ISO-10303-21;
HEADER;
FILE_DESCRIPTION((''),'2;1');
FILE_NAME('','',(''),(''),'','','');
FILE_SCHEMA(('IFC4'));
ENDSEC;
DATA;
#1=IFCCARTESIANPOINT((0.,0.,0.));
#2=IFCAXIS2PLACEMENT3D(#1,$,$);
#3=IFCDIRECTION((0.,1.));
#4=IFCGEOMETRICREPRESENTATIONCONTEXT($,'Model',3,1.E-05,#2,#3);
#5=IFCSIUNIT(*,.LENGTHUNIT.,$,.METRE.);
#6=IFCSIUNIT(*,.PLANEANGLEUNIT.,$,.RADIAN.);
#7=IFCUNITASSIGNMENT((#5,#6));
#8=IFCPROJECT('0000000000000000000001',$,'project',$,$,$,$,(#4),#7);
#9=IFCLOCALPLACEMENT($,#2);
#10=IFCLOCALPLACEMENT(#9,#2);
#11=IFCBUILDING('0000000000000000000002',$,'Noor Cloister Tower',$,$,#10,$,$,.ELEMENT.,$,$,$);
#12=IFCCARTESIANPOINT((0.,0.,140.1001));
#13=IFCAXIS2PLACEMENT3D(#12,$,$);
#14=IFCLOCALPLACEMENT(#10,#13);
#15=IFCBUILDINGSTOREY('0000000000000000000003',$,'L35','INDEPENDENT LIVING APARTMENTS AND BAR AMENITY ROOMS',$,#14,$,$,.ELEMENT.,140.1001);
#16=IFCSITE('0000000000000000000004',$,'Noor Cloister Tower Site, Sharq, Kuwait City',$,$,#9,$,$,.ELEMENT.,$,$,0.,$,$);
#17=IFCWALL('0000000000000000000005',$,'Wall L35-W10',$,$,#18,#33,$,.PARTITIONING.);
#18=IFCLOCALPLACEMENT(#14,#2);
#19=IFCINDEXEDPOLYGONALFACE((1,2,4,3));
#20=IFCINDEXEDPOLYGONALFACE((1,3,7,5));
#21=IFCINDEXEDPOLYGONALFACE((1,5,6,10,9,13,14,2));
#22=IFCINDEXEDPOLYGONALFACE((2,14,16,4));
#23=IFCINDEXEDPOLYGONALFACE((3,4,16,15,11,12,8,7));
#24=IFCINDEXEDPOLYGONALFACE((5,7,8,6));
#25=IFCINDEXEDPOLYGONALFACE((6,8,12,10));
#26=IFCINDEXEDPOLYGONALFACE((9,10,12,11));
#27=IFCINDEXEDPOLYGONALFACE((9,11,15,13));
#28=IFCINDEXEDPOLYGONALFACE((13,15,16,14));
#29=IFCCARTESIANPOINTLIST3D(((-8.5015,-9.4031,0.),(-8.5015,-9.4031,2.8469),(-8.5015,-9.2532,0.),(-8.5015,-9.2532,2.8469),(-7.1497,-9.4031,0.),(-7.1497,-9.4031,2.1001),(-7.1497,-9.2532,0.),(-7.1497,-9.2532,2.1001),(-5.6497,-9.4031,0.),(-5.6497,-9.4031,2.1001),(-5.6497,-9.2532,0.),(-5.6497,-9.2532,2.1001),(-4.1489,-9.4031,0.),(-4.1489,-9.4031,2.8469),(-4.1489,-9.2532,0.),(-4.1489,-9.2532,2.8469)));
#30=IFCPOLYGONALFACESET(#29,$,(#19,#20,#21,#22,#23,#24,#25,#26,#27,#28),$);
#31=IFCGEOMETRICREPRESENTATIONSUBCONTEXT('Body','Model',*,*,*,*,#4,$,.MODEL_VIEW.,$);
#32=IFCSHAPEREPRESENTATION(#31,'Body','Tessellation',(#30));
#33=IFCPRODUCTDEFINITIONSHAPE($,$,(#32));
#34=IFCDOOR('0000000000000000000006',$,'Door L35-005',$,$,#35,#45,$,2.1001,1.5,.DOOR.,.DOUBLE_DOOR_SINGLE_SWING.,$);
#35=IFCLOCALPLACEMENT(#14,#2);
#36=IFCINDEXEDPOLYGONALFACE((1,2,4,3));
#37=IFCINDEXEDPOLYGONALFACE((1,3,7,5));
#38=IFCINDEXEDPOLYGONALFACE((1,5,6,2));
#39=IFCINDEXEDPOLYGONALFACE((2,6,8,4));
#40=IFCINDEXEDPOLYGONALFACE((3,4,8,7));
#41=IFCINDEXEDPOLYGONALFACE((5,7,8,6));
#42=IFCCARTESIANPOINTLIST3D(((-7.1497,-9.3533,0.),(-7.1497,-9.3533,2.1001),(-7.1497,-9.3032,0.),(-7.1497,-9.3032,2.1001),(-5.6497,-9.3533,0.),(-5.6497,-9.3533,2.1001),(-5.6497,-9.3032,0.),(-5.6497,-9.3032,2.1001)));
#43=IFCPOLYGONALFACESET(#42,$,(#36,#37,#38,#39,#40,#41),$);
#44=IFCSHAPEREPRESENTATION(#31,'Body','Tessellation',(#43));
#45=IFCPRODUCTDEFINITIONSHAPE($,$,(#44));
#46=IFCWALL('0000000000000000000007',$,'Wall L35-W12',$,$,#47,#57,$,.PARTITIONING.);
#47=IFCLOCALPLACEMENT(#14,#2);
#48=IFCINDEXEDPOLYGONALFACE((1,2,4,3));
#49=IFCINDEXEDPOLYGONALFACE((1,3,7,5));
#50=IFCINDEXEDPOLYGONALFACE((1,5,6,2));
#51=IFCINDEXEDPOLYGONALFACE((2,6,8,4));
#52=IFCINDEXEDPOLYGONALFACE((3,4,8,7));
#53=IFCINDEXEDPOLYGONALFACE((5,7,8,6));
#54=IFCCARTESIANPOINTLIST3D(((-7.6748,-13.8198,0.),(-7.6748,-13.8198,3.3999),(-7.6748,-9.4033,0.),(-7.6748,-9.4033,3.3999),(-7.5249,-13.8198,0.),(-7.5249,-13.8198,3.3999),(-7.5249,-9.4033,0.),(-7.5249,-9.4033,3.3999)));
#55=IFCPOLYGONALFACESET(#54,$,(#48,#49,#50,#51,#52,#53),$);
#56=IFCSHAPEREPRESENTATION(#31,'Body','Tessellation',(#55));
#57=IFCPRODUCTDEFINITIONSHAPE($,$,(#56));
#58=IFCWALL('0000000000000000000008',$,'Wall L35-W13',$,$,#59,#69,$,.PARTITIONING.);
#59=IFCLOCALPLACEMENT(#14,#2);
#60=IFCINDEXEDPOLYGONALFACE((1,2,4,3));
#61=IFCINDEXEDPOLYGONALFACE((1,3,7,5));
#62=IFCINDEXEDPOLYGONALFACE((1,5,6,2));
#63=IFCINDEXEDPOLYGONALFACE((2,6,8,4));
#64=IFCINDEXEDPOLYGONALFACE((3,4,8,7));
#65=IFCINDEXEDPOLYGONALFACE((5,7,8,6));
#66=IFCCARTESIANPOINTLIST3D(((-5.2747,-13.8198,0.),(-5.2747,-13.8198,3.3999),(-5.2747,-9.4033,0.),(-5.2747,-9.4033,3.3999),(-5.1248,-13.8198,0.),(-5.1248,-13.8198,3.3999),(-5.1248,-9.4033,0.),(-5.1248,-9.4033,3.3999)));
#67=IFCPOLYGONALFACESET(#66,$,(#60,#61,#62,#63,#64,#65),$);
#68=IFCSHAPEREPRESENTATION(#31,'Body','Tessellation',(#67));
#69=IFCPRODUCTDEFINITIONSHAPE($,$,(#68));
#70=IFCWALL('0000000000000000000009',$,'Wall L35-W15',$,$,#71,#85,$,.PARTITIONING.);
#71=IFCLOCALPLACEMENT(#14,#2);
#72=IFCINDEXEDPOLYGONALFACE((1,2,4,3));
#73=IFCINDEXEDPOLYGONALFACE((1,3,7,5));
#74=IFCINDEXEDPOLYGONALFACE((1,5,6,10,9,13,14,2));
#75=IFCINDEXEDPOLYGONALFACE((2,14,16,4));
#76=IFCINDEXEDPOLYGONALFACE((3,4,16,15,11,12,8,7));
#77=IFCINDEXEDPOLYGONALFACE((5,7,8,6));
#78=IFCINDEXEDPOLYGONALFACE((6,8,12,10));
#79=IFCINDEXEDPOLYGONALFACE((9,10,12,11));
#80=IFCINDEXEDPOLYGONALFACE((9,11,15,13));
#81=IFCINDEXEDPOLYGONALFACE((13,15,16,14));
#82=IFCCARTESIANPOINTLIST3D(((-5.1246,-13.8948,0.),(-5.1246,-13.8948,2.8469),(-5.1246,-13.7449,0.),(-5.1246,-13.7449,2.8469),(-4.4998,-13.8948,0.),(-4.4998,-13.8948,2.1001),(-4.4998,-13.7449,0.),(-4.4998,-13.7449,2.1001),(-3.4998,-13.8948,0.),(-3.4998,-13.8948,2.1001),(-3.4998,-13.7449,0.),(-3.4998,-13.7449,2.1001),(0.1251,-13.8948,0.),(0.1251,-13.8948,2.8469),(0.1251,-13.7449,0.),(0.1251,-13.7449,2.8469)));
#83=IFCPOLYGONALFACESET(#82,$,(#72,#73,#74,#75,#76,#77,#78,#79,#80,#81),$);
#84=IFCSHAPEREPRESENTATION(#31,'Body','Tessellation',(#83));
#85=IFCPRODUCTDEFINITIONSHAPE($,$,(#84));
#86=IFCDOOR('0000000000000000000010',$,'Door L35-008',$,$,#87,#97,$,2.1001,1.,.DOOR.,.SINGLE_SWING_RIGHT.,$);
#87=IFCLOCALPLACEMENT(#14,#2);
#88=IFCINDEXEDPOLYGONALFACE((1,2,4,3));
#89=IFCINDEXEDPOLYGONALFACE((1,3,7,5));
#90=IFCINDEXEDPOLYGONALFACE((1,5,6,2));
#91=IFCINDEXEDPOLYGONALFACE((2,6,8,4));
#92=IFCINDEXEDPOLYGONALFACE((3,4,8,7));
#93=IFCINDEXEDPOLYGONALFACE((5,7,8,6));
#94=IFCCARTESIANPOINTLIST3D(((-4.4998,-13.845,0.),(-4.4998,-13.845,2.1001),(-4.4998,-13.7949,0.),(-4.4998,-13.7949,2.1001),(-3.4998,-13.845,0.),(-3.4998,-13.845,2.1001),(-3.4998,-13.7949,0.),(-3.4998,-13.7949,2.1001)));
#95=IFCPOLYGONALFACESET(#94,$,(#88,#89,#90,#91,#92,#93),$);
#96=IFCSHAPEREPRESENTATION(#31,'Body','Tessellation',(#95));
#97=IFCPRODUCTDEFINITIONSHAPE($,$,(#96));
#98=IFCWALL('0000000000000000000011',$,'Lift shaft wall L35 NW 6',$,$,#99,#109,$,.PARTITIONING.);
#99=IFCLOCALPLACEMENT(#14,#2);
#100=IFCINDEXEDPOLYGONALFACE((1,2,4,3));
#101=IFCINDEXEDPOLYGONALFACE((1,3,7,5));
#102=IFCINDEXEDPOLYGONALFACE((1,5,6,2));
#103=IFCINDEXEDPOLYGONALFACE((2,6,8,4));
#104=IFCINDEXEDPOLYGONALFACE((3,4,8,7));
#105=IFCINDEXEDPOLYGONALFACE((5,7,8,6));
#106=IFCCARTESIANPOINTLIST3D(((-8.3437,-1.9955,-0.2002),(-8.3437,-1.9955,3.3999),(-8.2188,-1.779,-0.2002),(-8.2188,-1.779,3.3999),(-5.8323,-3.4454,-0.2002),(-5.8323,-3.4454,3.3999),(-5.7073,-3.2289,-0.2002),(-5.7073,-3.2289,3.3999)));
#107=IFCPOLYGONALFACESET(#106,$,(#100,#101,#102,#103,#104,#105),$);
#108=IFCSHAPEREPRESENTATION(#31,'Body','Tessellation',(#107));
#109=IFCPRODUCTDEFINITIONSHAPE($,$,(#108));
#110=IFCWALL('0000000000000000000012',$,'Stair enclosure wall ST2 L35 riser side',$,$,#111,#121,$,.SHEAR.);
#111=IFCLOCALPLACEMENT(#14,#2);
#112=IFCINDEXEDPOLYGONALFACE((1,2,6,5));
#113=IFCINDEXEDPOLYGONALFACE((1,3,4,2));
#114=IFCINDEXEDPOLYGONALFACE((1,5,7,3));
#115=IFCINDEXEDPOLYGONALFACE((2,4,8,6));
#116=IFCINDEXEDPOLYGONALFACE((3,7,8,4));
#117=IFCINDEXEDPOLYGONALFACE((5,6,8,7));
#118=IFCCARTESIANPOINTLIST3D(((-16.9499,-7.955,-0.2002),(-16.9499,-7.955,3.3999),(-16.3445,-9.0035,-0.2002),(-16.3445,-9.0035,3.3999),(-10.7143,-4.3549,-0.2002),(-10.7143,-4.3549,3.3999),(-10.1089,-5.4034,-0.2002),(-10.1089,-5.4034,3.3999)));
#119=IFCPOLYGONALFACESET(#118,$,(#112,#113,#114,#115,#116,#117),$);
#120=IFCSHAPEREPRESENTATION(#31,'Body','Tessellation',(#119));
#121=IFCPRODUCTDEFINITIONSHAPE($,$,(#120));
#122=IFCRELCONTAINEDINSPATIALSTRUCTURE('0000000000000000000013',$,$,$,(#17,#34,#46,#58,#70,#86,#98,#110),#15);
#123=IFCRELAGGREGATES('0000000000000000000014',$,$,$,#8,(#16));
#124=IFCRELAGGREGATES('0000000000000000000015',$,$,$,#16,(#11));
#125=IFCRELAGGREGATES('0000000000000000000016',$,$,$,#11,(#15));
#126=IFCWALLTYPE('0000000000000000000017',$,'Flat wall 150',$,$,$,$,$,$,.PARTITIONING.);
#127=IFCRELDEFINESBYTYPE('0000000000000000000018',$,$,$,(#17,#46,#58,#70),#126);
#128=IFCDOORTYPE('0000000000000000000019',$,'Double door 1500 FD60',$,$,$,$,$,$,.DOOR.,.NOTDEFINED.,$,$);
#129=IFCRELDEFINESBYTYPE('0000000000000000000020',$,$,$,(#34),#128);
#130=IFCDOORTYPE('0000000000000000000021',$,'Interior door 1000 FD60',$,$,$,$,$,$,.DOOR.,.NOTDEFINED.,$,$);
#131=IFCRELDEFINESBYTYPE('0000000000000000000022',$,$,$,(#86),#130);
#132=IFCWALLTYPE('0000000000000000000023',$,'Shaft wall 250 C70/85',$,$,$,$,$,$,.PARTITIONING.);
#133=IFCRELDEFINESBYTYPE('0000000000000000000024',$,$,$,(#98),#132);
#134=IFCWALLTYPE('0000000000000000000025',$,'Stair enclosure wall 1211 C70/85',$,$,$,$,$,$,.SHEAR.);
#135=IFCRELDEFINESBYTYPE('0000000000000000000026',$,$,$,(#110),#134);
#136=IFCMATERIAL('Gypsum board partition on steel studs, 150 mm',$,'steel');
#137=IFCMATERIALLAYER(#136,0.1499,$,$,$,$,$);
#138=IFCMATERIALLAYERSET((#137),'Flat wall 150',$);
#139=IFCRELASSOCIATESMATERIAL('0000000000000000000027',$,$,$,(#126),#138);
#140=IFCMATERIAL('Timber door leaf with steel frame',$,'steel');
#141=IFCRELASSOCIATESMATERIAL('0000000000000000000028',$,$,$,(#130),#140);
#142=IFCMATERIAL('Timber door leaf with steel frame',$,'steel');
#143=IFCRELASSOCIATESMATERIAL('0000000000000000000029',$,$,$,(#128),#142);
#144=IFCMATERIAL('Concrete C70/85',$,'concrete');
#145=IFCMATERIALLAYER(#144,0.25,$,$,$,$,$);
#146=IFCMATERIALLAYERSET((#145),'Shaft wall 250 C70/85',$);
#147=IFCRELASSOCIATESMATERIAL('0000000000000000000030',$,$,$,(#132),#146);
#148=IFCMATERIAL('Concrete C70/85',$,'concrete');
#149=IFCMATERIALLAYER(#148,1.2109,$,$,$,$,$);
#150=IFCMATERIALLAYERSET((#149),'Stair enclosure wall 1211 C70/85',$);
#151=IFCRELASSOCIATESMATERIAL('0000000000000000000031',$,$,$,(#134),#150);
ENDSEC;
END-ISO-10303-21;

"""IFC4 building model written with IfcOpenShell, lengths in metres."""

from ifc_helpers import new_model, si_unit, direction, frame, frame_2d, origin, place, context, subcontext, project, spatial, rectangle, extrude, material, layer, layer_set, type_object, element, fill, save


model = new_model("IFC4")

# Units and contexts
model_context = context("Model", 3, precision=1e-05, world=origin(), true_north=direction((0.0, 1.0)))
body_context = subcontext(model_context, "Body", "Model", "MODEL_VIEW")
ifc_project = project(units=[si_unit("LENGTHUNIT", "METRE"), si_unit("PLANEANGLEUNIT", "RADIAN")], contexts=[model_context])

# Site, building, storey
site_placement = place(None, origin())
site = spatial("IfcSite", under=ifc_project, at=site_placement, Name="Noor Cloister Tower Site, Sharq, Kuwait City", CompositionType="ELEMENT", RefElevation=0.0)
building_placement = place(site_placement, origin())
building = spatial("IfcBuilding", under=site, at=building_placement, Name="Noor Cloister Tower", CompositionType="ELEMENT")
storey_placement = place(building_placement, frame((0.0, 0.0, 140.1001)))
storey = spatial("IfcBuildingStorey", under=building, at=storey_placement, Name="L35", Description="INDEPENDENT LIVING APARTMENTS AND BAR AMENITY ROOMS", CompositionType="ELEMENT", Elevation=140.1001)

# Shared definitions
ifc_material_1 = material(Name="Gypsum board partition on steel studs, 150 mm", Category="steel")
ifc_layer_1 = layer(ifc_material_1, 0.1499)
ifc_layer_set_1 = layer_set([ifc_layer_1], Name="Flat wall 150")
wall_type_1 = type_object("IfcWallType", Name="Flat wall 150", PredefinedType="PARTITIONING", material=ifc_layer_set_1)
ifc_material_2 = material(Name="Timber door leaf with steel frame", Category="steel")
door_type_1 = type_object("IfcDoorType", Name="Interior door 1000 FD60", OperationType="NOTDEFINED", PredefinedType="DOOR", material=ifc_material_2)

# Wall, opening, door
wall_1_placement = place(storey_placement, frame((-8.5015, -9.3281, 0.0), z_axis=(0.0, 0.0, 1.0), x_axis=(1.0, 0.0, 0.0)))
wall_1 = element("IfcWall", 1, at=wall_1_placement, inside=storey, type_object=wall_type_1, Name="Wall L35-W10", PredefinedType="PARTITIONING", context=body_context, shape_type="SweptSolid", body=[
    extrude(rectangle(XDim=4.3525, YDim=0.1499, at=frame_2d((2.1763, 0.0))), origin(), (0.0, 0.0, 1.0), 2.8469),
])
opening_1_placement = place(wall_1_placement, frame((1.3518, 0.0, 0.0)))
opening_1 = element("IfcOpeningElement", 2, at=opening_1_placement, cuts=wall_1, PredefinedType="OPENING", context=body_context, shape_type="SweptSolid", body=[
    extrude(rectangle(XDim=1.5, YDim=2.1001, at=frame_2d((0.75, 1.05))), frame((0.0, 0.085, 0.0), z_axis=(0.0, -1.0, 0.0), x_axis=(1.0, 0.0, 0.0)), (0.0, 0.0, 1.0), 0.1699),
])
ifc_material_3 = material(Name="Timber door leaf with steel frame", Category="steel")
door_type_2 = type_object("IfcDoorType", Name="Double door 1500 FD60", OperationType="NOTDEFINED", PredefinedType="DOOR", material=ifc_material_3)
door_1_placement = place(opening_1_placement, origin())
door_1 = element("IfcDoor", 3, at=door_1_placement, inside=storey, type_object=door_type_2, Name="Door L35-005", OperationType="DOUBLE_DOOR_SINGLE_SWING", OverallHeight=2.1001, OverallWidth=1.5, PredefinedType="DOOR", context=body_context, shape_type="SweptSolid", body=[
    extrude(rectangle(XDim=1.5, YDim=2.1001, at=frame_2d((0.75, 1.05))), frame((0.0, 0.0249, 0.0), z_axis=(0.0, -1.0, 0.0), x_axis=(1.0, 0.0, 0.0)), (0.0, 0.0, 1.0), 0.05),
])
fill(opening_1, door_1)

# Walls
for number, where, z_axis, x_axis, name in (
    (4, (-7.5999, -9.4033, 0.0), (0.0, 0.0, 1.0), (0.0, -1.0, 0.0), "Wall L35-W12"),
    (5, (-5.1997, -9.4033, 0.0), (0.0, 0.0, 1.0), (0.0, -1.0, 0.0), "Wall L35-W13"),
):
    element("IfcWall", number, at=place(storey_placement, frame(where, z_axis=z_axis, x_axis=x_axis)), inside=storey, type_object=wall_type_1, Name=name, PredefinedType="PARTITIONING", context=body_context, shape_type="SweptSolid", body=[
        extrude(rectangle(XDim=4.4165, YDim=0.1499, at=frame_2d((2.2083, 0.0))), origin(), (0.0, 0.0, 1.0), 3.3999),
    ])

# Wall, opening, door
wall_2_placement = place(storey_placement, frame((-5.1248, -13.8198, 0.0), z_axis=(0.0, 0.0, 1.0), x_axis=(1.0, 0.0, 0.0)))
wall_2 = element("IfcWall", 6, at=wall_2_placement, inside=storey, type_object=wall_type_1, Name="Wall L35-W15", PredefinedType="PARTITIONING", context=body_context, shape_type="SweptSolid", body=[
    extrude(rectangle(XDim=5.2498, YDim=0.1499, at=frame_2d((2.625, 0.0))), origin(), (0.0, 0.0, 1.0), 2.8469),
])
opening_2_placement = place(wall_2_placement, frame((0.625, 0.0, 0.0)))
opening_2 = element("IfcOpeningElement", 7, at=opening_2_placement, cuts=wall_2, PredefinedType="OPENING", context=body_context, shape_type="SweptSolid", body=[
    extrude(rectangle(XDim=1.0, YDim=2.1001, at=frame_2d((0.5, 1.05))), frame((0.0, 0.085, 0.0), z_axis=(0.0, -1.0, 0.0), x_axis=(1.0, 0.0, 0.0)), (0.0, 0.0, 1.0), 0.1699),
])
door_2_placement = place(opening_2_placement, origin())
door_2 = element("IfcDoor", 8, at=door_2_placement, inside=storey, type_object=door_type_1, Name="Door L35-008", OperationType="SINGLE_SWING_RIGHT", OverallHeight=2.1001, OverallWidth=1.0, PredefinedType="DOOR", context=body_context, shape_type="SweptSolid", body=[
    extrude(rectangle(XDim=1.0, YDim=2.1001, at=frame_2d((0.5, 1.05))), frame((0.0, 0.0249, 0.0), z_axis=(0.0, -1.0, 0.0), x_axis=(1.0, 0.0, 0.0)), (0.0, 0.0, 1.0), 0.05),
])
fill(opening_2, door_2)

# Walls
ifc_material_4 = material(Name="Concrete C70/85", Category="concrete")
ifc_layer_2 = layer(ifc_material_4, 0.25)
ifc_layer_set_2 = layer_set([ifc_layer_2], Name="Shaft wall 250 C70/85")
wall_type_2 = type_object("IfcWallType", Name="Shaft wall 250 C70/85", PredefinedType="PARTITIONING", material=ifc_layer_set_2)
wall_3_placement = place(storey_placement, frame((-8.2812, -1.8872, -0.2002), z_axis=(0.0, 0.0, 1.0), x_axis=(0.866033, -0.499987, 0.0)))
element("IfcWall", 9, at=wall_3_placement, inside=storey, type_object=wall_type_2, Name="Lift shaft wall L35 NW 6", PredefinedType="PARTITIONING", context=body_context, shape_type="SweptSolid", body=[
    extrude(rectangle(XDim=2.8999, YDim=0.25, at=frame_2d((1.45, 0.0))), origin(), (0.0, 0.0, 1.0), 3.6001),
])
ifc_material_5 = material(Name="Concrete C70/85", Category="concrete")
ifc_layer_3 = layer(ifc_material_5, 1.2109)
ifc_layer_set_3 = layer_set([ifc_layer_3], Name="Stair enclosure wall 1211 C70/85")
wall_type_3 = type_object("IfcWallType", Name="Stair enclosure wall 1211 C70/85", PredefinedType="SHEAR", material=ifc_layer_set_3)
wall_4_placement = place(storey_placement, frame((-10.4116, -4.8792, -0.2002), z_axis=(0.0, 0.0, 1.0), x_axis=(-0.866027, -0.499997, 0.0)))
element("IfcWall", 10, at=wall_4_placement, inside=storey, type_object=wall_type_3, Name="Stair enclosure wall ST2 L35 riser side", PredefinedType="SHEAR", context=body_context, shape_type="SweptSolid", body=[
    extrude(rectangle(XDim=7.2002, YDim=1.2107, at=frame_2d((3.6001, 0.0))), origin(), (0.0, 0.0, 1.0), 3.6001),
])

save(model, "model.ifc")
